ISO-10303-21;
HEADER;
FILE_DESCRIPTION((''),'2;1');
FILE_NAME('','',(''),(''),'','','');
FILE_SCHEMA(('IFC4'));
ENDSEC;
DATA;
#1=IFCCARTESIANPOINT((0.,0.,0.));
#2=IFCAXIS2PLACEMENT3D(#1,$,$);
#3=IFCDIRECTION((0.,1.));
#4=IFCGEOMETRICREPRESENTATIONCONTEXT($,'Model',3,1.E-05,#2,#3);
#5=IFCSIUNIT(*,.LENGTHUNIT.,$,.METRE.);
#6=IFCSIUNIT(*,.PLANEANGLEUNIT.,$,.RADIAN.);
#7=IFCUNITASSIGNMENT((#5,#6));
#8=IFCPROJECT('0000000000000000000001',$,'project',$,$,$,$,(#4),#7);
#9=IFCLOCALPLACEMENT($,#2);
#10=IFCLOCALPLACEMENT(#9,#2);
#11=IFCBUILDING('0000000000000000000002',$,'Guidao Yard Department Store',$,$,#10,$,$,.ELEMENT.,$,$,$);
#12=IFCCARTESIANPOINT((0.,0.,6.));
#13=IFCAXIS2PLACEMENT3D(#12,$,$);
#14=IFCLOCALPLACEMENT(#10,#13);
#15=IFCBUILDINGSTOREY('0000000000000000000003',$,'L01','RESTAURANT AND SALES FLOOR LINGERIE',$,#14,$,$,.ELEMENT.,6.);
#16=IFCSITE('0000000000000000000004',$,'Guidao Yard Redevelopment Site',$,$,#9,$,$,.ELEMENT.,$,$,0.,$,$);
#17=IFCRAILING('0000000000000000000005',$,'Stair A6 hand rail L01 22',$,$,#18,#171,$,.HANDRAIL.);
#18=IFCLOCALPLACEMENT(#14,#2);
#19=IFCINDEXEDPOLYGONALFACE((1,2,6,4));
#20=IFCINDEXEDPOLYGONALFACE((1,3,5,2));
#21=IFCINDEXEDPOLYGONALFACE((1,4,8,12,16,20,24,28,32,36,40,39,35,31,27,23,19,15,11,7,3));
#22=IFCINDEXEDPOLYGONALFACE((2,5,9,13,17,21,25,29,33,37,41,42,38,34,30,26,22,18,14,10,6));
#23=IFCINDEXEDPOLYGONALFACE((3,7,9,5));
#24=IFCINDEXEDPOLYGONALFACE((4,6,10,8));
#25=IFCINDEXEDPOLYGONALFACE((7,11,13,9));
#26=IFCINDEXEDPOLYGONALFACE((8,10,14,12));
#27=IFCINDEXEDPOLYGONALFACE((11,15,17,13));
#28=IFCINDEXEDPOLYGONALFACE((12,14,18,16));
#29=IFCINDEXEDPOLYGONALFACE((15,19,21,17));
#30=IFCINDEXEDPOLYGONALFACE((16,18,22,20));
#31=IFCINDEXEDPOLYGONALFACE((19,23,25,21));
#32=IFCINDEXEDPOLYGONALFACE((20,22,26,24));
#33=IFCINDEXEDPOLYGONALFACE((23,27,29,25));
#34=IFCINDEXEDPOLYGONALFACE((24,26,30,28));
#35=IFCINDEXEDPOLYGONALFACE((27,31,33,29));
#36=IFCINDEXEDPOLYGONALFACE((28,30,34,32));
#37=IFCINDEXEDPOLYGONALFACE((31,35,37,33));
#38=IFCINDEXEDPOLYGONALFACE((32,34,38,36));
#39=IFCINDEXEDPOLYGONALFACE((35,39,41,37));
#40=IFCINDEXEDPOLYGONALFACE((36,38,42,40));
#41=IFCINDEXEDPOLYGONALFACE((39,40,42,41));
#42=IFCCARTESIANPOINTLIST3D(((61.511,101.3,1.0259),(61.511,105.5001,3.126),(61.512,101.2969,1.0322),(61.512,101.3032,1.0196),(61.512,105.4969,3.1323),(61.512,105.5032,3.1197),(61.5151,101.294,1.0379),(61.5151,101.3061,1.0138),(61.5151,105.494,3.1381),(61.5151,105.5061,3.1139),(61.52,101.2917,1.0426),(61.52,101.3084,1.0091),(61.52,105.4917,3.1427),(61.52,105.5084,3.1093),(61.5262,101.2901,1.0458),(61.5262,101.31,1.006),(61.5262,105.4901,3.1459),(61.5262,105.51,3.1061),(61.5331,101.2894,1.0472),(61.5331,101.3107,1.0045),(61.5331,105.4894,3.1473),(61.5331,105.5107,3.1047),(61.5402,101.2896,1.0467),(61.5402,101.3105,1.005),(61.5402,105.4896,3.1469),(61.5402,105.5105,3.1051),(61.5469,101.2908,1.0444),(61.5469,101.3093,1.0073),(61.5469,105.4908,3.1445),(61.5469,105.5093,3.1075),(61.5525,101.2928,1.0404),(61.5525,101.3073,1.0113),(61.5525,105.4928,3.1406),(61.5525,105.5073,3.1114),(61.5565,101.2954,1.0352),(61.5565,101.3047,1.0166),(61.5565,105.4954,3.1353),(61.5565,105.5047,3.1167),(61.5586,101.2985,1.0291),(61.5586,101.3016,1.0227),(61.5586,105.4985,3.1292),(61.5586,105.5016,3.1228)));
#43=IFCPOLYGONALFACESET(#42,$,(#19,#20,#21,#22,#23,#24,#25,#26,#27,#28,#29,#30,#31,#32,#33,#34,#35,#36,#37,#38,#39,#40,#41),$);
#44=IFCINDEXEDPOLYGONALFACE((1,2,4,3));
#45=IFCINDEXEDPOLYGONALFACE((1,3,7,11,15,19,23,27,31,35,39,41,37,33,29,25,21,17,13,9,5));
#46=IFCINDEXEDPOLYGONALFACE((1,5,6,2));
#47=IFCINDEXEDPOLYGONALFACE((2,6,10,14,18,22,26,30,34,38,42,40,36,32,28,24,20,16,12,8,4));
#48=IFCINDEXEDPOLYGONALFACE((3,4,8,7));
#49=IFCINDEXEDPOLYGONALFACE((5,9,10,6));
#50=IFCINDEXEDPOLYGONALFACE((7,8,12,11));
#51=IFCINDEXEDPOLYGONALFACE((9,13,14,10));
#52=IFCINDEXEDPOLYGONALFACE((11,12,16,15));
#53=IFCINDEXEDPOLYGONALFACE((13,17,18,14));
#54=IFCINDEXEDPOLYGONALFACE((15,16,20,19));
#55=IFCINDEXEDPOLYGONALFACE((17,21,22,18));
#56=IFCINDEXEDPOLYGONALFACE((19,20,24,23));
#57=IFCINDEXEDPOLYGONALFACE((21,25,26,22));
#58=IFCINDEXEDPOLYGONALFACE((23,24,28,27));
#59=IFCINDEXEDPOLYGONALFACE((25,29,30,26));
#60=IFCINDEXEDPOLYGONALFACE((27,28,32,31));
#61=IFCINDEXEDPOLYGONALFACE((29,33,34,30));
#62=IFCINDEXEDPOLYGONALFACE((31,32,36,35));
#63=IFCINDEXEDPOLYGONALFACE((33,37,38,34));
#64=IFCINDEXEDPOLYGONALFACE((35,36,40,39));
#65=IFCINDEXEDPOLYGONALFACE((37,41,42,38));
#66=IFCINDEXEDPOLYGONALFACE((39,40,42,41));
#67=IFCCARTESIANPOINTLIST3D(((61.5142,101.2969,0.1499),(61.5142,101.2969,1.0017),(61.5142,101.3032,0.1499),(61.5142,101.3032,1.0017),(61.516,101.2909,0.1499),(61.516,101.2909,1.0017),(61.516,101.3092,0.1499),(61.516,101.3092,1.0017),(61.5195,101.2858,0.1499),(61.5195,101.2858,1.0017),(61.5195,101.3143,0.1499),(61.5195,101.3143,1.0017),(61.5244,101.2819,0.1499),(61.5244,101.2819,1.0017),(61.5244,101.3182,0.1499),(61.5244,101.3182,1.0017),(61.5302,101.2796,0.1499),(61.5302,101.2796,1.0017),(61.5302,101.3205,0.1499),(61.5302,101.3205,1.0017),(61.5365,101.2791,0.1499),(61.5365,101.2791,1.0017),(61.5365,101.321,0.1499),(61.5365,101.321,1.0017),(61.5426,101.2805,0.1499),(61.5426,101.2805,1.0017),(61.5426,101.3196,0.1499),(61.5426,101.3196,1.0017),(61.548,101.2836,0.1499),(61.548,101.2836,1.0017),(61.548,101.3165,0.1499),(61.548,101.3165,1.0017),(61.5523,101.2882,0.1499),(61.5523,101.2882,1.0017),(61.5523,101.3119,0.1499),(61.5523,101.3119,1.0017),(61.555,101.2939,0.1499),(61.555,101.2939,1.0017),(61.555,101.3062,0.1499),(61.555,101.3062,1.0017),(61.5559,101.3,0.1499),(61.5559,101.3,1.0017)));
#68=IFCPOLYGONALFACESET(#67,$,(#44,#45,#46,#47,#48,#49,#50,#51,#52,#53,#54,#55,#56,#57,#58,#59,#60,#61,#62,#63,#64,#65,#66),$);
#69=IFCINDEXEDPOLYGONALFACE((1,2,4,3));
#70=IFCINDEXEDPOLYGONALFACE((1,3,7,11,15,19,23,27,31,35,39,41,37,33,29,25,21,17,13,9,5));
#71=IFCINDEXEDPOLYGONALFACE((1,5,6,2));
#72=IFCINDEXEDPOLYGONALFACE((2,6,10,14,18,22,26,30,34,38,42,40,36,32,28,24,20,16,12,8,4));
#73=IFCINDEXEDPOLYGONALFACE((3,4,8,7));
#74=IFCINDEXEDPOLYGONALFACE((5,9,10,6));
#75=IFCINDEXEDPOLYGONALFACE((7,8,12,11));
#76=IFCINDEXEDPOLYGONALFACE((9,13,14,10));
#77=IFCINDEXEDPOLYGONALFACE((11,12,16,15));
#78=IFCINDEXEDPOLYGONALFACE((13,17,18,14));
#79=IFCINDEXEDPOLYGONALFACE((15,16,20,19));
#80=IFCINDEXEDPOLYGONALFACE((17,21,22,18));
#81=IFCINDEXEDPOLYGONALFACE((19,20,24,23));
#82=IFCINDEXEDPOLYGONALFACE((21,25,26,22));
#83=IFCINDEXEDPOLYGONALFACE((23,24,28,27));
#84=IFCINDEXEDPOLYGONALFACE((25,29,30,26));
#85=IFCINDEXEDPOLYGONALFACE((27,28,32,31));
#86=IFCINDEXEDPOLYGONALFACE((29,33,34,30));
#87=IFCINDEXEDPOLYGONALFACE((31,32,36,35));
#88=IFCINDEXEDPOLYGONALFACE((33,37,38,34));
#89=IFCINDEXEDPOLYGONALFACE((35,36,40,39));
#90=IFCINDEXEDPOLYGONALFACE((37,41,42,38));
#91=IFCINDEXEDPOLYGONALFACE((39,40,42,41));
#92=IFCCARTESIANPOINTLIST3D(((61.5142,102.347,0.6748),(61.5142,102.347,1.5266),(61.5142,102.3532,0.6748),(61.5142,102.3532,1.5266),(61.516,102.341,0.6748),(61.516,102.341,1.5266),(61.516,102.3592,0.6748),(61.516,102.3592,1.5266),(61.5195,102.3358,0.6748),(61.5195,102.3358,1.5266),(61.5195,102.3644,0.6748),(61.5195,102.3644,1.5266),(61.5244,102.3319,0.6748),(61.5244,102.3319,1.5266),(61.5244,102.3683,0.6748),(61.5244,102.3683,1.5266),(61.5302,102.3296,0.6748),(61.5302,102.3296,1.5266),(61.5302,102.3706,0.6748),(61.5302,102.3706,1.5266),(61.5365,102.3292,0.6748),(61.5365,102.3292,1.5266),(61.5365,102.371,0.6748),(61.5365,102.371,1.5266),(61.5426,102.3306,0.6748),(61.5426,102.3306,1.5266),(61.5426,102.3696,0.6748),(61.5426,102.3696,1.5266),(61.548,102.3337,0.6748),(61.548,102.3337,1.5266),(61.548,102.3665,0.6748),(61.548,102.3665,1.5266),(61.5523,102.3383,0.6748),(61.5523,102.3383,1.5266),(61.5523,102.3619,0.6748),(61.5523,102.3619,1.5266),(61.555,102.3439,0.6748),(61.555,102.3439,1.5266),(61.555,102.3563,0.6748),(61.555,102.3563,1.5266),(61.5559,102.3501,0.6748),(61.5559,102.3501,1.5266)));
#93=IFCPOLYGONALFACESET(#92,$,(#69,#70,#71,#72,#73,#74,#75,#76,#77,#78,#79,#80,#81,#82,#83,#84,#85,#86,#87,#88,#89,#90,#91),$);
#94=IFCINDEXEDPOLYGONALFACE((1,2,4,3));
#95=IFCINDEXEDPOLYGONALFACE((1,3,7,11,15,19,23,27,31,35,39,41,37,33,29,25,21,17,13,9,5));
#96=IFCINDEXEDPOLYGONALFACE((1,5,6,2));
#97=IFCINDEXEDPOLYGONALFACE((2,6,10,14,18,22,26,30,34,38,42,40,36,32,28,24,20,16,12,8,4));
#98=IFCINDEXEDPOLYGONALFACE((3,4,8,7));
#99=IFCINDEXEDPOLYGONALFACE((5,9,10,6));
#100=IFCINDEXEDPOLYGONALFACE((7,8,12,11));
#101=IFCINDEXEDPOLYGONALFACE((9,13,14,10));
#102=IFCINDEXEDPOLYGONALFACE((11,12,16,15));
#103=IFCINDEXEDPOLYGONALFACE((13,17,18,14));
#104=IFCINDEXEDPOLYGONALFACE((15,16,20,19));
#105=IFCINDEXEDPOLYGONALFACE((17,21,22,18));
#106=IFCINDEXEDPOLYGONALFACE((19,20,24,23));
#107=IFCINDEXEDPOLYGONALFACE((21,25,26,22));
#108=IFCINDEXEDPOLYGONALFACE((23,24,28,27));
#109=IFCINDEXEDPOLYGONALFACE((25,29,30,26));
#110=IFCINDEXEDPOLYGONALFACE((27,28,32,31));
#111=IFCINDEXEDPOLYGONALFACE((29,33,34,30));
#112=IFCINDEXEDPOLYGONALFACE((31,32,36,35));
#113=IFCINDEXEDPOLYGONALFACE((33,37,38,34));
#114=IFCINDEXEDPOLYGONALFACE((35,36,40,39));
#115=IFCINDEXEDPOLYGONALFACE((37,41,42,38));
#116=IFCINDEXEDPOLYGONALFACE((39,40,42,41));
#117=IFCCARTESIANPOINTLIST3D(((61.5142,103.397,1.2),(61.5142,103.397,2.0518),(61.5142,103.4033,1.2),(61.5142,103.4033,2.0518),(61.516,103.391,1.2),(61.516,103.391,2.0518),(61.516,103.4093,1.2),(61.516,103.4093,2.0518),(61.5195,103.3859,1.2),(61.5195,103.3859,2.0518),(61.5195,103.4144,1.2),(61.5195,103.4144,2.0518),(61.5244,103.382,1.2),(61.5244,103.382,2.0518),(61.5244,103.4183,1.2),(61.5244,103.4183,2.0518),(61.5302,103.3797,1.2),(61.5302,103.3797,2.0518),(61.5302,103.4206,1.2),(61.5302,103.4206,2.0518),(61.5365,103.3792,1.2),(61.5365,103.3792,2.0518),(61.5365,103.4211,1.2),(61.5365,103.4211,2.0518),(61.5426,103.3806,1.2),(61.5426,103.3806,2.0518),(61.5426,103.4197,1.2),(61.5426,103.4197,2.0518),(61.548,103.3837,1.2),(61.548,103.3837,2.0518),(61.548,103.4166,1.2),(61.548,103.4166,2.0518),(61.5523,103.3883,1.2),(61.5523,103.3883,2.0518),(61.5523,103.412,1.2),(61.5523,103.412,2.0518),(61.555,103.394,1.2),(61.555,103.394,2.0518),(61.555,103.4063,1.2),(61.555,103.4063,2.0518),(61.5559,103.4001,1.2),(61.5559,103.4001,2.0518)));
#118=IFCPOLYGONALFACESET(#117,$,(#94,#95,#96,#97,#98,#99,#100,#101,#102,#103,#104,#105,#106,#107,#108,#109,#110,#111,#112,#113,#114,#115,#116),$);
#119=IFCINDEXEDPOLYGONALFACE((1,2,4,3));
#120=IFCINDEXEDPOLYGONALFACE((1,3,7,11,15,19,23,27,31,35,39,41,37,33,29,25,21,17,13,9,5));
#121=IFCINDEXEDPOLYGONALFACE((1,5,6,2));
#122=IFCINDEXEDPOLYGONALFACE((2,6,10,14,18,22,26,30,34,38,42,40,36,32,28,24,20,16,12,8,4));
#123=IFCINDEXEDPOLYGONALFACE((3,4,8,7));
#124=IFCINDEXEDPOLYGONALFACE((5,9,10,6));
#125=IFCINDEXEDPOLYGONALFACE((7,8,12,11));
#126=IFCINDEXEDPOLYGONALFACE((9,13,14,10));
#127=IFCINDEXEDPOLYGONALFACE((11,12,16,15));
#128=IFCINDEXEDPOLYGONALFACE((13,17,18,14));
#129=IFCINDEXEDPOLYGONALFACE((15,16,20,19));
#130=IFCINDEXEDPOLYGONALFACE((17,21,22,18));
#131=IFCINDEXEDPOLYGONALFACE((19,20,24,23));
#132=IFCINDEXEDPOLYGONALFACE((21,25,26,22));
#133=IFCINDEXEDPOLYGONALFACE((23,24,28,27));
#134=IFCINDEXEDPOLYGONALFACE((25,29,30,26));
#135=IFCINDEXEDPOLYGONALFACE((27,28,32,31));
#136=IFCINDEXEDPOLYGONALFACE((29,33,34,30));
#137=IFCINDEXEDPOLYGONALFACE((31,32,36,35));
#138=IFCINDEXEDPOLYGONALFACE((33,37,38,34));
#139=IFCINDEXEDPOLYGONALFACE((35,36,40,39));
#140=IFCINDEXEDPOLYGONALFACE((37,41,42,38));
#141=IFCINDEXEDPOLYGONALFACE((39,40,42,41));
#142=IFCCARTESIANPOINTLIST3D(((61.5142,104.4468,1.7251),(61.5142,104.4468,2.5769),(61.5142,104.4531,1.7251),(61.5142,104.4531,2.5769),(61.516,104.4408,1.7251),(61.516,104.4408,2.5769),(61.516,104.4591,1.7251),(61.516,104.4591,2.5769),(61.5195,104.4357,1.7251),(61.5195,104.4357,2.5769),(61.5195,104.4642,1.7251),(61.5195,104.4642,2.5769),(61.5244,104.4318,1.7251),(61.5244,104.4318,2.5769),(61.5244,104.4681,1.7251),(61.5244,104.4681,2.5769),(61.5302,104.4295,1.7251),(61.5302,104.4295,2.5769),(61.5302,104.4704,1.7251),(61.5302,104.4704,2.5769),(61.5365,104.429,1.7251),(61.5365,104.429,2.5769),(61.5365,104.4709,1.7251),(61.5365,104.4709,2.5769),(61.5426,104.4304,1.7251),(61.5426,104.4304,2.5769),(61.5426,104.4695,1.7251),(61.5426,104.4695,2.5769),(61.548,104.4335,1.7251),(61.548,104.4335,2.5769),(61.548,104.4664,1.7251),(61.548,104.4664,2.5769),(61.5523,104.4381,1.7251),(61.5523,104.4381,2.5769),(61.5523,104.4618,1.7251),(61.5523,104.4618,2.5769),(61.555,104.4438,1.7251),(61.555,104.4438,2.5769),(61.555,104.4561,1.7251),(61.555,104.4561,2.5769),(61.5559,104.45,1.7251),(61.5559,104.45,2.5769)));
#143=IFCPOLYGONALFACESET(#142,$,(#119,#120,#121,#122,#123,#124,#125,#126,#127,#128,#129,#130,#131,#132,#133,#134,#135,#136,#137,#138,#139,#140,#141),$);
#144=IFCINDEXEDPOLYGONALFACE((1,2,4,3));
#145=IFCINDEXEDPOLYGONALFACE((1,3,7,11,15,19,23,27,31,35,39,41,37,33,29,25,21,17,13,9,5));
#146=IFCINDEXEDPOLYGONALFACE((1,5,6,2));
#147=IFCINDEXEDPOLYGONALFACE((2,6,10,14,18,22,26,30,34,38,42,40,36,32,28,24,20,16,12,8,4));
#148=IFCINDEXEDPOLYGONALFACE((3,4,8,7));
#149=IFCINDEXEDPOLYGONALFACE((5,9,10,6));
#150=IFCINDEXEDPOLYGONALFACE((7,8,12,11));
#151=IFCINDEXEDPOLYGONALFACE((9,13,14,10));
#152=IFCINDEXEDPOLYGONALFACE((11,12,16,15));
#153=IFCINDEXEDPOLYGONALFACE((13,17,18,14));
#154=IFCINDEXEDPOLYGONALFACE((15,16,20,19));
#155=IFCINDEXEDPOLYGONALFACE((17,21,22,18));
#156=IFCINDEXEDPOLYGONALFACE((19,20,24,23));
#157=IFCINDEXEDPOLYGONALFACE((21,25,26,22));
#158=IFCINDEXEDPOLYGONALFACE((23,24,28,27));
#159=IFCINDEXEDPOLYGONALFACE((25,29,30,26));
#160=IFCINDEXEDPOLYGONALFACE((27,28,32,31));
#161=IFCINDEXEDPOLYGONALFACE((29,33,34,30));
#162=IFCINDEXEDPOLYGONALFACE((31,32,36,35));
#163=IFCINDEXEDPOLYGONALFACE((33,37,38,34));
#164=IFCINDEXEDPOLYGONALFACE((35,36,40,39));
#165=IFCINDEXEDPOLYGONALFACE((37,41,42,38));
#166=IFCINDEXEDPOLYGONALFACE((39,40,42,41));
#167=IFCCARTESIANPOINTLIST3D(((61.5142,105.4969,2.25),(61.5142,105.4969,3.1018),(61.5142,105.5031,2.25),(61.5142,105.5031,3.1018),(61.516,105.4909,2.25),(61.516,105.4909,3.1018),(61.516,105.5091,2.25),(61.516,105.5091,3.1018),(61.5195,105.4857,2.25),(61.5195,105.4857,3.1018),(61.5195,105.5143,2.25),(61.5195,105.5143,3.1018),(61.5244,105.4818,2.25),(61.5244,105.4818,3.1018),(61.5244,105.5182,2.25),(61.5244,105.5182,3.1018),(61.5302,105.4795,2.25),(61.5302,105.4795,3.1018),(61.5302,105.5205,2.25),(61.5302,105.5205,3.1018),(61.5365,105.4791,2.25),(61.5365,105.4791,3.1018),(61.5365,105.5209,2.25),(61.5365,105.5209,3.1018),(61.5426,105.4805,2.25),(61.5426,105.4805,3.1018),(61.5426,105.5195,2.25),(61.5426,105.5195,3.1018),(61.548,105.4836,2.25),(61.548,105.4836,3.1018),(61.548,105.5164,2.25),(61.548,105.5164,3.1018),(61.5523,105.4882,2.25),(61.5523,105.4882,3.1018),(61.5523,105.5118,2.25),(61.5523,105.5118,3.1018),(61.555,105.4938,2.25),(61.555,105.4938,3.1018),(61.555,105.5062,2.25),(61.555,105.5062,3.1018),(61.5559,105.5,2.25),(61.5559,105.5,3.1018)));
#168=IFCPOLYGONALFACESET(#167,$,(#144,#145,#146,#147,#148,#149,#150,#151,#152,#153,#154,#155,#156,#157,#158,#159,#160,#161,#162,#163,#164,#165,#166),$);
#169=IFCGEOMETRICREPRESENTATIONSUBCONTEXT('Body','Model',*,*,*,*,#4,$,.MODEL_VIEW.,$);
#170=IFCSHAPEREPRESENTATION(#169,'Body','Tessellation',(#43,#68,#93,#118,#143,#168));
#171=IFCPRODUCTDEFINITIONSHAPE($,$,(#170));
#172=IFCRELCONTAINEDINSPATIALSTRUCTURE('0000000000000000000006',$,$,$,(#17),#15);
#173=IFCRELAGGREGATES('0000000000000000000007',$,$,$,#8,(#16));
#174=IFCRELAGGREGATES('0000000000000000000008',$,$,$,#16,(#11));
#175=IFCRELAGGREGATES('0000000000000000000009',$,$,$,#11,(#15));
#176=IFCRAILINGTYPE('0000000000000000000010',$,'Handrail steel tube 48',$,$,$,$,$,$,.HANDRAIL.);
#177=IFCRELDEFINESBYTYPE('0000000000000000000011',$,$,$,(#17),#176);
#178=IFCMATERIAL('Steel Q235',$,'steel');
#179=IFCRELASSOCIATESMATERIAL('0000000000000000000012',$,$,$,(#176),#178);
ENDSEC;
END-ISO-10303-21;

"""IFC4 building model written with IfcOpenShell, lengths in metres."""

from ifc_helpers import new_model, si_unit, direction, frame, origin, origin_2d, place, context, subcontext, project, spatial, circle, extrude, material, type_object, element, save


model = new_model("IFC4")

# Units and contexts
model_context = context("Model", 3, precision=1e-05, world=origin(), true_north=direction((0.0, 1.0)))
body_context = subcontext(model_context, "Body", "Model", "MODEL_VIEW")
ifc_project = project(units=[si_unit("LENGTHUNIT", "METRE"), si_unit("PLANEANGLEUNIT", "RADIAN")], contexts=[model_context])

# Site, building, storey
site_placement = place(None, origin())
site = spatial("IfcSite", under=ifc_project, at=site_placement, Name="Guidao Yard Redevelopment Site", CompositionType="ELEMENT", RefElevation=0.0)
building_placement = place(site_placement, origin())
building = spatial("IfcBuilding", under=site, at=building_placement, Name="Guidao Yard Department Store", CompositionType="ELEMENT")
storey_placement = place(building_placement, frame((0.0, 0.0, 6.0)))
storey = spatial("IfcBuildingStorey", under=building, at=storey_placement, Name="L01", Description="RESTAURANT AND SALES FLOOR LINGERIE", CompositionType="ELEMENT", Elevation=6.0)

# Railing
ifc_material_1 = material(Name="Steel Q235", Category="steel")
railing_type_1 = type_object("IfcRailingType", Name="Handrail steel tube 48", PredefinedType="HANDRAIL", material=ifc_material_1)
for number, where, name in (
    (1, (61.5349, 101.3, 0.1499), "Stair A6 hand rail L01 22"),
):
    element("IfcRailing", number, at=place(storey_placement, frame(where)), inside=storey, type_object=railing_type_1, Name=name, PredefinedType="HANDRAIL", context=body_context, shape_type="SweptSolid", body=[
        extrude(circle(Radius=0.0239, at=origin_2d()), frame((0.0, 0.0, 0.876), z_axis=(0.0, 0.894417, 0.447234), x_axis=(-1.0, 0.0, 0.0)), (0.0, 0.0, 1.0), 4.6958),
        extrude(circle(Radius=0.021, at=origin_2d()), origin(), (0.0, 0.0, 1.0), 0.8518),
        extrude(circle(Radius=0.021, at=origin_2d()), frame((0.0, 1.05, 0.5249)), (0.0, 0.0, 1.0), 0.8518),
        extrude(circle(Radius=0.021, at=origin_2d()), frame((0.0, 2.1001, 1.05)), (0.0, 0.0, 1.0), 0.8518),
        extrude(circle(Radius=0.021, at=origin_2d()), frame((0.0, 3.1499, 1.5752)), (0.0, 0.0, 1.0), 0.8518),
        extrude(circle(Radius=0.021, at=origin_2d()), frame((0.0, 4.2, 2.1001)), (0.0, 0.0, 1.0), 0.8518),
    ])

save(model, "model.ifc")
